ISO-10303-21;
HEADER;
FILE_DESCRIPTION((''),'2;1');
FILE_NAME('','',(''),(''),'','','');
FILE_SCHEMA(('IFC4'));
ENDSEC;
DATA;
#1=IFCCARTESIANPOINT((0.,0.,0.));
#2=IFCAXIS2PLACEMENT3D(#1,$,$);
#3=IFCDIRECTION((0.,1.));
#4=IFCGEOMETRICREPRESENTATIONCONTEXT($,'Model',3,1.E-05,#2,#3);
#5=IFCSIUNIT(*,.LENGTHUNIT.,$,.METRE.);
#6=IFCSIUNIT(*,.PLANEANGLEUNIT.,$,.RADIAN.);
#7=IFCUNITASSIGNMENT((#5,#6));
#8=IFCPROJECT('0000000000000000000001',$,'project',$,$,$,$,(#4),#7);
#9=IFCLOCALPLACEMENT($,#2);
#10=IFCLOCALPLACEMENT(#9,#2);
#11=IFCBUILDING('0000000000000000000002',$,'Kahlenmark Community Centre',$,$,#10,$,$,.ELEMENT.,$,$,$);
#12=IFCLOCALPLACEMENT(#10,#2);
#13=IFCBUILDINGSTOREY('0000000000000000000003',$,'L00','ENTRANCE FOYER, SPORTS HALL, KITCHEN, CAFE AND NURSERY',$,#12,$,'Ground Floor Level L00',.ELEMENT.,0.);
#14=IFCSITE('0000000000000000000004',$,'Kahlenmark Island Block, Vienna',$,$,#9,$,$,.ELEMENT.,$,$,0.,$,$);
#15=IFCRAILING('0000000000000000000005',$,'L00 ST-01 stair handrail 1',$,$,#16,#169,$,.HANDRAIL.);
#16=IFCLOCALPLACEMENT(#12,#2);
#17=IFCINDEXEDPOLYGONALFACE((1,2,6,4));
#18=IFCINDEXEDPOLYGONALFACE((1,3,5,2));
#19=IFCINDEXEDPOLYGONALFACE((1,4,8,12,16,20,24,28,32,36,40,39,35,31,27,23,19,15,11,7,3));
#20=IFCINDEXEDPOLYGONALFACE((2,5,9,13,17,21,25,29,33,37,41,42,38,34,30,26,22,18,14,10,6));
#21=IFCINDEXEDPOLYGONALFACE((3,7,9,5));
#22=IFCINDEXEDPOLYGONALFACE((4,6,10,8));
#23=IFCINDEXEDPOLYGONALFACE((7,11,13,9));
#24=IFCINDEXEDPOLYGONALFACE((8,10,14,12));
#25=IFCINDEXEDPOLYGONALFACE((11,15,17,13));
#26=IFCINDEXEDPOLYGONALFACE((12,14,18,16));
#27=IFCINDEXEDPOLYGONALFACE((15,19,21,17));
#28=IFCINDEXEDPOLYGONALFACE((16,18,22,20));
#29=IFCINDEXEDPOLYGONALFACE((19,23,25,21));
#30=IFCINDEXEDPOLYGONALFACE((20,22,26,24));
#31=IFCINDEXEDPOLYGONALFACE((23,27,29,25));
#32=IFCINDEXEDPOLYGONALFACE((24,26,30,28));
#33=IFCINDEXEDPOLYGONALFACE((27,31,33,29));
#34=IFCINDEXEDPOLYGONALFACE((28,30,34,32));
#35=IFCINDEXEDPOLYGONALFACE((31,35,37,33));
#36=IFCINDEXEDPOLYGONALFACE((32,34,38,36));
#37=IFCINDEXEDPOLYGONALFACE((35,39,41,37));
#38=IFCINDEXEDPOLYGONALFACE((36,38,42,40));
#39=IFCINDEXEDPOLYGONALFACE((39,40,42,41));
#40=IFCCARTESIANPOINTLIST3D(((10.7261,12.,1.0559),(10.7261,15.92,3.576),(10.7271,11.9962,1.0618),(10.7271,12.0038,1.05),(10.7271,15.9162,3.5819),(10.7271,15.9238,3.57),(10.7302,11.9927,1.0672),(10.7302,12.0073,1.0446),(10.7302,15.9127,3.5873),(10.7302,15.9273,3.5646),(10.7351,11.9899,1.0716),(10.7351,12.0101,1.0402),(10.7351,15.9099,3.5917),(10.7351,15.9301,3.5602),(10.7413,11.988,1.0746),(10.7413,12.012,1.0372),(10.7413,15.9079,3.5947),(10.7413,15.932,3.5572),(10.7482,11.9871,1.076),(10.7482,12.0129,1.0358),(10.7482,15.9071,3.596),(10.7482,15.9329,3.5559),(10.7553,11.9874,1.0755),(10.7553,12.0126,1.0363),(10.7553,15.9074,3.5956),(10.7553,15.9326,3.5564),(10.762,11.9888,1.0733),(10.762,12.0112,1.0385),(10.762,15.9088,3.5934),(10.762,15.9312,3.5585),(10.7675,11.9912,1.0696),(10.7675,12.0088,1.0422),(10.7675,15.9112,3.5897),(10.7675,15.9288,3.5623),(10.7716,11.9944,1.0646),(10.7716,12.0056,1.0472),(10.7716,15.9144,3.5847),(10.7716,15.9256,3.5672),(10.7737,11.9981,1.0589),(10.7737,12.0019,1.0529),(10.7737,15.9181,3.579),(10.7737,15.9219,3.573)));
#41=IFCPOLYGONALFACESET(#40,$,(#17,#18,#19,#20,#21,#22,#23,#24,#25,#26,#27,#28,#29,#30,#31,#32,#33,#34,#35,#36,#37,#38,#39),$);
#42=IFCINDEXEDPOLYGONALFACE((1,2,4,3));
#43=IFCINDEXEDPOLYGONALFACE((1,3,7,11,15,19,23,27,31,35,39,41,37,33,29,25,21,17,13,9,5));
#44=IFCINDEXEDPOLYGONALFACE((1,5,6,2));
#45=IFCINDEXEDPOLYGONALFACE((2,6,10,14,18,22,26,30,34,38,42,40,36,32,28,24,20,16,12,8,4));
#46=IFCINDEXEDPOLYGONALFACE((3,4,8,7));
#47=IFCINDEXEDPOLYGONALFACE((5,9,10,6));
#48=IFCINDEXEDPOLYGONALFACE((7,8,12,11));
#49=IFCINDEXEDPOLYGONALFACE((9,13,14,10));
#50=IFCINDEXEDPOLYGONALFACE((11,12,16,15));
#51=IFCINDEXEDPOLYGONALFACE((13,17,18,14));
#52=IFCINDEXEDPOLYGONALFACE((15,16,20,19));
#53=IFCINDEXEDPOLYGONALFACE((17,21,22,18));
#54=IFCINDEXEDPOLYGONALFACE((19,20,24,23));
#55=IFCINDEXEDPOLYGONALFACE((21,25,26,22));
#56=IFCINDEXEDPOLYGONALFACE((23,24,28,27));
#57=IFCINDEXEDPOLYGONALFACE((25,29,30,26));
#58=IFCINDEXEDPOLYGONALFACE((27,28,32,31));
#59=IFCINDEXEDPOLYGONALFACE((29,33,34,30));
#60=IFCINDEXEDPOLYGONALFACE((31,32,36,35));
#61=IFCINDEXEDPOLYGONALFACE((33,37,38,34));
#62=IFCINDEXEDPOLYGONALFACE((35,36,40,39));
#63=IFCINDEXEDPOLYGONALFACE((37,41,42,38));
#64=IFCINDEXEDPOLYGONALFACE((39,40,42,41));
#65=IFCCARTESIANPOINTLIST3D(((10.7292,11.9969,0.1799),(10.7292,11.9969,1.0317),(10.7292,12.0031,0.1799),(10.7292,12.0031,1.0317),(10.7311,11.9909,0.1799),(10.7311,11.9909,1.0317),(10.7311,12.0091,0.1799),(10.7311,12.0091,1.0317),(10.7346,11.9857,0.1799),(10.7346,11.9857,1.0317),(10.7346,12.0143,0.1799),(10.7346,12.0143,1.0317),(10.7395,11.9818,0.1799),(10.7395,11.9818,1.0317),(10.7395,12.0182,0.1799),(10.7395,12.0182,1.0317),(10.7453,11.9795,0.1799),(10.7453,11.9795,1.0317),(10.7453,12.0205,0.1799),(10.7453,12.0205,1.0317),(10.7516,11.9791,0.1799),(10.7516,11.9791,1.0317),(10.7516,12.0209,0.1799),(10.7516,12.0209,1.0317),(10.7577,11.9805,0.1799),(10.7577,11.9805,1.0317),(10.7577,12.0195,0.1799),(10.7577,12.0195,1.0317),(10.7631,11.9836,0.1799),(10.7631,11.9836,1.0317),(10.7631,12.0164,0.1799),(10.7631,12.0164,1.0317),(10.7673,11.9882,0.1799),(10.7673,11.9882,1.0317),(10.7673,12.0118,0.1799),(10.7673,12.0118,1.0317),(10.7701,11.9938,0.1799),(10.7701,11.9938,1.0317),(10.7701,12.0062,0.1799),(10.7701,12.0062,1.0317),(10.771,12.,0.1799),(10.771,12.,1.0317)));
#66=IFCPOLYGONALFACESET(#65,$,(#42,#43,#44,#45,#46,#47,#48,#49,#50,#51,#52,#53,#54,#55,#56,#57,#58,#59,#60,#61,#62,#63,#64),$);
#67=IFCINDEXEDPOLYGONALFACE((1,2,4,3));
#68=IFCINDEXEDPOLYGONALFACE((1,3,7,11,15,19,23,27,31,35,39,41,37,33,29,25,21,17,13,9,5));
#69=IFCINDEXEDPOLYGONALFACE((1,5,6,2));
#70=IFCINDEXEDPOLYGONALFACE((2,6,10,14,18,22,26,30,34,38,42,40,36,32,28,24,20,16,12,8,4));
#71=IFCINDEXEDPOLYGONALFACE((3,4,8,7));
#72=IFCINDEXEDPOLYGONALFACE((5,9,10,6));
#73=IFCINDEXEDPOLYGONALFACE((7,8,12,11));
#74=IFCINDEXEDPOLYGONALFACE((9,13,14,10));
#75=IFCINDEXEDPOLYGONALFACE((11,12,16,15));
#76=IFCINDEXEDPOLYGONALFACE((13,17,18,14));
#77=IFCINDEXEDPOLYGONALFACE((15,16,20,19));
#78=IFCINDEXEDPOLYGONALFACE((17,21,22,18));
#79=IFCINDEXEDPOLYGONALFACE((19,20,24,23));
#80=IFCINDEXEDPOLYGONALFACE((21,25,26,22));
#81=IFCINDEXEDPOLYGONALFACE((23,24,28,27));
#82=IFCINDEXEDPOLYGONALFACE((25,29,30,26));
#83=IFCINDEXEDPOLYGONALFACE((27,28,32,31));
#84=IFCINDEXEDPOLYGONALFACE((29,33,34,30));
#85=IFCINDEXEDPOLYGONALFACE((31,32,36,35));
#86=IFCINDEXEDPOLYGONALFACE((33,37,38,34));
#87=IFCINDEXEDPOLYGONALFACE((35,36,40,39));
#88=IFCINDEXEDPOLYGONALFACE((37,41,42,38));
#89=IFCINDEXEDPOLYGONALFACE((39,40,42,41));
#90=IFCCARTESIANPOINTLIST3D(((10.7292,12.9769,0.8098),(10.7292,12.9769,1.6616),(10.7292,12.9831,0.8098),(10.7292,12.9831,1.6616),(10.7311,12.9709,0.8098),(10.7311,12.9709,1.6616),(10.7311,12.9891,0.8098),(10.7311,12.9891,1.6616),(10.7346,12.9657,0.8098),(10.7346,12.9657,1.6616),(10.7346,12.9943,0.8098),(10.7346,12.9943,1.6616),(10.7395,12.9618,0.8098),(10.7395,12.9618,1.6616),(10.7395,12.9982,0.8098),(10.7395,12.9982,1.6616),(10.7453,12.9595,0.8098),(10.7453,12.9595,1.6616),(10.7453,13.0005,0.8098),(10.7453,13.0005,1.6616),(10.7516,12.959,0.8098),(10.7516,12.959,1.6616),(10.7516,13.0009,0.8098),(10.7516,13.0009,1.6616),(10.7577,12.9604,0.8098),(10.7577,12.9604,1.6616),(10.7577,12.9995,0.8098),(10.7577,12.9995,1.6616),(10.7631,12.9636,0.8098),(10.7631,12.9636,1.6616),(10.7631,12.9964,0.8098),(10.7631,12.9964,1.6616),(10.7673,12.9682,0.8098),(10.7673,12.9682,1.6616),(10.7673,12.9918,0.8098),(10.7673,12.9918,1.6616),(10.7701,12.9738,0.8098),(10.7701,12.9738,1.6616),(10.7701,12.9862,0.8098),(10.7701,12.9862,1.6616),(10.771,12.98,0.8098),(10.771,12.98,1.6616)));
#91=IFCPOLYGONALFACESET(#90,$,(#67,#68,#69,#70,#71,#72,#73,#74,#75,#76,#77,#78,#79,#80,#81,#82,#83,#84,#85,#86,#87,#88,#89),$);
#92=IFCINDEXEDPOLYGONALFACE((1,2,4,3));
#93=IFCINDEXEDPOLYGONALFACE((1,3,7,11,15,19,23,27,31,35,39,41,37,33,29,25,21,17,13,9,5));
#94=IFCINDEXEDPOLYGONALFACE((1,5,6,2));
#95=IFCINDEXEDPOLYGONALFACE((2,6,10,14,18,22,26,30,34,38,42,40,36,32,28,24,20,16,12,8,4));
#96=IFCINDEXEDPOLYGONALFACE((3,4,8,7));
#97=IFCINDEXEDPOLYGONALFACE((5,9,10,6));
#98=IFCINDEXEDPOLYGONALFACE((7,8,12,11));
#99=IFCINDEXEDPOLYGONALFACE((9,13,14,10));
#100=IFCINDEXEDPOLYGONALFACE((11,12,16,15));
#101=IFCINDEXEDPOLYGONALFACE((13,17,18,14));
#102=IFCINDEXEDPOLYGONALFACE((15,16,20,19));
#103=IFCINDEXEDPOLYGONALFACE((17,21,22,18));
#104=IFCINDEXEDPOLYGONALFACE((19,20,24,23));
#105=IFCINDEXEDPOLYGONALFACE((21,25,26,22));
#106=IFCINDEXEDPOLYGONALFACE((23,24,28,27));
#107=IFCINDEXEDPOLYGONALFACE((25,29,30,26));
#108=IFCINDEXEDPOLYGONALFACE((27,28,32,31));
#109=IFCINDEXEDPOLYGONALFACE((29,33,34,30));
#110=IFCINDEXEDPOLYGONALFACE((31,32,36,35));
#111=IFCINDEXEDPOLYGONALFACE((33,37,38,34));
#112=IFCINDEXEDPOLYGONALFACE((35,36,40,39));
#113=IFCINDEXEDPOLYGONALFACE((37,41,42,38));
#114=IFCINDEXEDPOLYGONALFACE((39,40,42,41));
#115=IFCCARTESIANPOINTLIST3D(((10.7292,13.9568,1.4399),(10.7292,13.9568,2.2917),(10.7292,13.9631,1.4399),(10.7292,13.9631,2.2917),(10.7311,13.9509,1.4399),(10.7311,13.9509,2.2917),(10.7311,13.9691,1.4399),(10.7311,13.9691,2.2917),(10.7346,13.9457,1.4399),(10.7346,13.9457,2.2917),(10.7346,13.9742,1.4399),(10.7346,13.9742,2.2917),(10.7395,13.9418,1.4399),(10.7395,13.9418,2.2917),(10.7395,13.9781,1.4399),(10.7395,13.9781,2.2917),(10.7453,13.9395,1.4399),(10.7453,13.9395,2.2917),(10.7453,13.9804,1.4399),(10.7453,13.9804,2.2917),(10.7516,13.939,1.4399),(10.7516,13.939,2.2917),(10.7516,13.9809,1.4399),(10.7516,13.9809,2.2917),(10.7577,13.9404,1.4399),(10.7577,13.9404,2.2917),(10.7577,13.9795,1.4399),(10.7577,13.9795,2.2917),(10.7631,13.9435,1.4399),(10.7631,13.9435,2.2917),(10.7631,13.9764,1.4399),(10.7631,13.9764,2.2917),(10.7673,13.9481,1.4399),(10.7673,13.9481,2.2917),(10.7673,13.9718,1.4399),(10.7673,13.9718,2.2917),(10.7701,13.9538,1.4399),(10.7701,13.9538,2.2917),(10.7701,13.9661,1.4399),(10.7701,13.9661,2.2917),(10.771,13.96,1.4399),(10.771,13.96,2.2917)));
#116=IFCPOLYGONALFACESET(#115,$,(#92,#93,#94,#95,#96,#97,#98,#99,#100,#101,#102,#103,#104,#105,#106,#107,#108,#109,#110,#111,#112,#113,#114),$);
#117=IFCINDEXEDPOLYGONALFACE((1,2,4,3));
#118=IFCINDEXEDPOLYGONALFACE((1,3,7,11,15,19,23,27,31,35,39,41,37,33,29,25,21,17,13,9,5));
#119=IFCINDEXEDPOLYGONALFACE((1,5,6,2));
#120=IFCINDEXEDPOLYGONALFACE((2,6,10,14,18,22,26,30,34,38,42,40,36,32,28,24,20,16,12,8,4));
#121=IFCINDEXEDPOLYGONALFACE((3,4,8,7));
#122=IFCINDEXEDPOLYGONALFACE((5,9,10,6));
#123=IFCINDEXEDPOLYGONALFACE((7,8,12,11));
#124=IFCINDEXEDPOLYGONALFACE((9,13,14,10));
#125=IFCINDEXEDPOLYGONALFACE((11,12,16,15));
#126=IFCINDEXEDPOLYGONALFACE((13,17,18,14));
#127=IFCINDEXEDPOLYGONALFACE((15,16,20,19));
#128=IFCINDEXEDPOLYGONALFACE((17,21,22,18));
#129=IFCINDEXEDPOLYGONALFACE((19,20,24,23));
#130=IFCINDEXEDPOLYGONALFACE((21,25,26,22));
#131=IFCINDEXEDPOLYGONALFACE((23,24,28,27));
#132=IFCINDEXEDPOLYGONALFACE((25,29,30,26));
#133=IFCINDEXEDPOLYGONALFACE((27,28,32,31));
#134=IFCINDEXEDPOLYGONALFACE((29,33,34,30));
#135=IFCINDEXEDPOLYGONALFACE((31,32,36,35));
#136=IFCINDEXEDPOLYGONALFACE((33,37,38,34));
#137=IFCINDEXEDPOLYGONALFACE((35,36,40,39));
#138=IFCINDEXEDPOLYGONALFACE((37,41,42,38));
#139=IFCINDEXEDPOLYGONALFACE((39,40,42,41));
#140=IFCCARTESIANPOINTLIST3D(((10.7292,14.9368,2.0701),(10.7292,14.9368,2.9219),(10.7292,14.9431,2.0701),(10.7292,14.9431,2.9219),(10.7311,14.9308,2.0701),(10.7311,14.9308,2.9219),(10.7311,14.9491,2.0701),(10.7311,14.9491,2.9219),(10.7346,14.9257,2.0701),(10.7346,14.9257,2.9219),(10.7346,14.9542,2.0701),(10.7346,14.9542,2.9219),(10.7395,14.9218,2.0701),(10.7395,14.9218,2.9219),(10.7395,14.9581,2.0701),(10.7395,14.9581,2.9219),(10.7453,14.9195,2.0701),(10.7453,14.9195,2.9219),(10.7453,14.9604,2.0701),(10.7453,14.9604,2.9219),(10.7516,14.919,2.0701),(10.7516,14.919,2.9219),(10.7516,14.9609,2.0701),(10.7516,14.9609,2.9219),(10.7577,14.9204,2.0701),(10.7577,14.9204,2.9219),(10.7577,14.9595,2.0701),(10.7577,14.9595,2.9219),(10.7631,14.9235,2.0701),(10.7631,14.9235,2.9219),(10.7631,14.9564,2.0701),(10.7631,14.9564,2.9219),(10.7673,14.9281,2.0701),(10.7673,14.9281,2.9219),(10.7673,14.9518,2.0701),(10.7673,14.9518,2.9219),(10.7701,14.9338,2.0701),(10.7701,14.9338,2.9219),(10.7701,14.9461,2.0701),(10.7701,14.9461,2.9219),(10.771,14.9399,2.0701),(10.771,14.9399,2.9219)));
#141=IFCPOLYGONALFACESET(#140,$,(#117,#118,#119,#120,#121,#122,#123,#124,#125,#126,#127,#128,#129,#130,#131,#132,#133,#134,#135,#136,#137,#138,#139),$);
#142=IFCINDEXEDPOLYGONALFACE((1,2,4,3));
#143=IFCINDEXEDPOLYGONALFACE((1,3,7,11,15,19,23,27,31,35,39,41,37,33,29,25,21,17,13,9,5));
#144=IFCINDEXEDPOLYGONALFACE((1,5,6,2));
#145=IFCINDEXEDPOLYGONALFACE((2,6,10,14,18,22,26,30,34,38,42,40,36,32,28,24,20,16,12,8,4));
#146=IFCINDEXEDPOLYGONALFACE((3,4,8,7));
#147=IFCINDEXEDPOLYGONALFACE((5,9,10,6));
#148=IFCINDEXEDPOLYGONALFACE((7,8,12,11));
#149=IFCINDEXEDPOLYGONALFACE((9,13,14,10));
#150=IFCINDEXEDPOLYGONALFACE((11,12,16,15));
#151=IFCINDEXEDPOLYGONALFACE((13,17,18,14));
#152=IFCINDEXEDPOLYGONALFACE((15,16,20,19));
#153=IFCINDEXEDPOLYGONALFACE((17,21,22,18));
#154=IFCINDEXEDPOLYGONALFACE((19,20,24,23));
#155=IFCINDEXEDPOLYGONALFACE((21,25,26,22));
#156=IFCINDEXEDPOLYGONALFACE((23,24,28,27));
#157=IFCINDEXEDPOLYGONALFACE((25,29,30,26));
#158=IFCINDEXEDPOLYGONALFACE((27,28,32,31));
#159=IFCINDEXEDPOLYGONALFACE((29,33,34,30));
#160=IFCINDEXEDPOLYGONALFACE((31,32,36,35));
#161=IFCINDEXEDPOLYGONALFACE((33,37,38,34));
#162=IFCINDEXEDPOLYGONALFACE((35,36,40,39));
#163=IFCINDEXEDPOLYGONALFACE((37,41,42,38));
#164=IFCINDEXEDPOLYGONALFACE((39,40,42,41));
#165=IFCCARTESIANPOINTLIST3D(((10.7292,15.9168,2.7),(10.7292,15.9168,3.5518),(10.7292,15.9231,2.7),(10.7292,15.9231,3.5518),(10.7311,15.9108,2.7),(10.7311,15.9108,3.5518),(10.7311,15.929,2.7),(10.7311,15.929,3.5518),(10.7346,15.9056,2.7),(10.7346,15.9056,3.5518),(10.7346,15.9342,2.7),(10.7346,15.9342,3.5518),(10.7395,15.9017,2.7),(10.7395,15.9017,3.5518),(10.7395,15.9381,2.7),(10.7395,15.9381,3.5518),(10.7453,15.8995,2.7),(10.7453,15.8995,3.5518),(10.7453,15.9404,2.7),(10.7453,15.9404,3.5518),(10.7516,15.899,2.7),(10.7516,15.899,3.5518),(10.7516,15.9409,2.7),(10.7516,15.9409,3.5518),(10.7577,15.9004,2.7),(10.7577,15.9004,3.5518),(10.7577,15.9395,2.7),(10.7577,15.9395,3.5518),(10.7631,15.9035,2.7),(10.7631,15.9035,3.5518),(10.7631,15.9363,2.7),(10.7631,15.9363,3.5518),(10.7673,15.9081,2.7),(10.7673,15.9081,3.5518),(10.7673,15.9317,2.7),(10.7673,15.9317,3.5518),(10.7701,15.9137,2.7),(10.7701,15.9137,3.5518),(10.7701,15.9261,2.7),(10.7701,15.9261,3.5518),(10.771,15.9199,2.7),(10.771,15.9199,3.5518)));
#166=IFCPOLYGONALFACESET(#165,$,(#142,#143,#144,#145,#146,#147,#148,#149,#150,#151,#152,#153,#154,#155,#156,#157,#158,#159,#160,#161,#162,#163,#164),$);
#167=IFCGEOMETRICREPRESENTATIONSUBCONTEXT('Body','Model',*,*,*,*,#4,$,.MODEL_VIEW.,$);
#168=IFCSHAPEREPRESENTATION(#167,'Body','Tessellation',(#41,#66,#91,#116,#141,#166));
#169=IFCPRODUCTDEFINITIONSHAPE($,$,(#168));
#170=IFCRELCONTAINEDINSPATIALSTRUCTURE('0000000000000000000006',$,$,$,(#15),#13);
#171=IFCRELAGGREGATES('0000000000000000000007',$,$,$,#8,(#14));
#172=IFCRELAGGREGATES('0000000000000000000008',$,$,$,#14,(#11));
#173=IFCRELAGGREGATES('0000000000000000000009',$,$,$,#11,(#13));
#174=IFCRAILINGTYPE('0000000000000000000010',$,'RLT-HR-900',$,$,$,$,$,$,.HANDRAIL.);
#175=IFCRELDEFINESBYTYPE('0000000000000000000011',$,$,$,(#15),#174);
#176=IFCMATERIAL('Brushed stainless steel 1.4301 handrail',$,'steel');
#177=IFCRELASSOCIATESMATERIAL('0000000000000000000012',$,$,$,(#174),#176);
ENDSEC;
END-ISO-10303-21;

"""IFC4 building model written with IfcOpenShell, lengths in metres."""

from ifc_helpers import new_model, si_unit, direction, frame, origin, origin_2d, place, context, subcontext, project, spatial, circle, extrude, material, type_object, element, save


model = new_model("IFC4")

# Units and contexts
model_context = context("Model", 3, precision=1e-05, world=origin(), true_north=direction((0.0, 1.0)))
body_context = subcontext(model_context, "Body", "Model", "MODEL_VIEW")
ifc_project = project(units=[si_unit("LENGTHUNIT", "METRE"), si_unit("PLANEANGLEUNIT", "RADIAN")], contexts=[model_context])

# Site, building, storey
site_placement = place(None, origin())
site = spatial("IfcSite", under=ifc_project, at=site_placement, Name="Kahlenmark Island Block, Vienna", CompositionType="ELEMENT", RefElevation=0.0)
building_placement = place(site_placement, origin())
building = spatial("IfcBuilding", under=site, at=building_placement, Name="Kahlenmark Community Centre", CompositionType="ELEMENT")
storey_placement = place(building_placement, origin())
storey = spatial("IfcBuildingStorey", under=building, at=storey_placement, Name="L00", Description="ENTRANCE FOYER, SPORTS HALL, KITCHEN, CAFE AND NURSERY", LongName="Ground Floor Level L00", CompositionType="ELEMENT", Elevation=0.0)

# Railing
ifc_material_1 = material(Name="Brushed stainless steel 1.4301 handrail", Category="steel")
railing_type_1 = type_object("IfcRailingType", Name="RLT-HR-900", PredefinedType="HANDRAIL", material=ifc_material_1)
railing_1_placement = place(storey_placement, frame((10.75, 12.0, 0.1799)))
element("IfcRailing", 1, at=railing_1_placement, inside=storey, type_object=railing_type_1, Name="L00 ST-01 stair handrail 1", PredefinedType="HANDRAIL", context=body_context, shape_type="SweptSolid", body=[
    extrude(circle(Radius=0.0239, at=origin_2d()), frame((0.0, 0.0, 0.876), z_axis=(0.0, 0.841172, 0.540768), x_axis=(-1.0, 0.0, 0.0)), (0.0, 0.0, 1.0), 4.6602),
    extrude(circle(Radius=0.021, at=origin_2d()), origin(), (0.0, 0.0, 1.0), 0.8518),
    extrude(circle(Radius=0.021, at=origin_2d()), frame((0.0, 0.98, 0.6299)), (0.0, 0.0, 1.0), 0.8518),
    extrude(circle(Radius=0.021, at=origin_2d()), frame((0.0, 1.96, 1.26)), (0.0, 0.0, 1.0), 0.8518),
    extrude(circle(Radius=0.021, at=origin_2d()), frame((0.0, 2.9399, 1.8901)), (0.0, 0.0, 1.0), 0.8518),
    extrude(circle(Radius=0.021, at=origin_2d()), frame((0.0, 3.9199, 2.52)), (0.0, 0.0, 1.0), 0.8518),
])

save(model, "model.ifc")
